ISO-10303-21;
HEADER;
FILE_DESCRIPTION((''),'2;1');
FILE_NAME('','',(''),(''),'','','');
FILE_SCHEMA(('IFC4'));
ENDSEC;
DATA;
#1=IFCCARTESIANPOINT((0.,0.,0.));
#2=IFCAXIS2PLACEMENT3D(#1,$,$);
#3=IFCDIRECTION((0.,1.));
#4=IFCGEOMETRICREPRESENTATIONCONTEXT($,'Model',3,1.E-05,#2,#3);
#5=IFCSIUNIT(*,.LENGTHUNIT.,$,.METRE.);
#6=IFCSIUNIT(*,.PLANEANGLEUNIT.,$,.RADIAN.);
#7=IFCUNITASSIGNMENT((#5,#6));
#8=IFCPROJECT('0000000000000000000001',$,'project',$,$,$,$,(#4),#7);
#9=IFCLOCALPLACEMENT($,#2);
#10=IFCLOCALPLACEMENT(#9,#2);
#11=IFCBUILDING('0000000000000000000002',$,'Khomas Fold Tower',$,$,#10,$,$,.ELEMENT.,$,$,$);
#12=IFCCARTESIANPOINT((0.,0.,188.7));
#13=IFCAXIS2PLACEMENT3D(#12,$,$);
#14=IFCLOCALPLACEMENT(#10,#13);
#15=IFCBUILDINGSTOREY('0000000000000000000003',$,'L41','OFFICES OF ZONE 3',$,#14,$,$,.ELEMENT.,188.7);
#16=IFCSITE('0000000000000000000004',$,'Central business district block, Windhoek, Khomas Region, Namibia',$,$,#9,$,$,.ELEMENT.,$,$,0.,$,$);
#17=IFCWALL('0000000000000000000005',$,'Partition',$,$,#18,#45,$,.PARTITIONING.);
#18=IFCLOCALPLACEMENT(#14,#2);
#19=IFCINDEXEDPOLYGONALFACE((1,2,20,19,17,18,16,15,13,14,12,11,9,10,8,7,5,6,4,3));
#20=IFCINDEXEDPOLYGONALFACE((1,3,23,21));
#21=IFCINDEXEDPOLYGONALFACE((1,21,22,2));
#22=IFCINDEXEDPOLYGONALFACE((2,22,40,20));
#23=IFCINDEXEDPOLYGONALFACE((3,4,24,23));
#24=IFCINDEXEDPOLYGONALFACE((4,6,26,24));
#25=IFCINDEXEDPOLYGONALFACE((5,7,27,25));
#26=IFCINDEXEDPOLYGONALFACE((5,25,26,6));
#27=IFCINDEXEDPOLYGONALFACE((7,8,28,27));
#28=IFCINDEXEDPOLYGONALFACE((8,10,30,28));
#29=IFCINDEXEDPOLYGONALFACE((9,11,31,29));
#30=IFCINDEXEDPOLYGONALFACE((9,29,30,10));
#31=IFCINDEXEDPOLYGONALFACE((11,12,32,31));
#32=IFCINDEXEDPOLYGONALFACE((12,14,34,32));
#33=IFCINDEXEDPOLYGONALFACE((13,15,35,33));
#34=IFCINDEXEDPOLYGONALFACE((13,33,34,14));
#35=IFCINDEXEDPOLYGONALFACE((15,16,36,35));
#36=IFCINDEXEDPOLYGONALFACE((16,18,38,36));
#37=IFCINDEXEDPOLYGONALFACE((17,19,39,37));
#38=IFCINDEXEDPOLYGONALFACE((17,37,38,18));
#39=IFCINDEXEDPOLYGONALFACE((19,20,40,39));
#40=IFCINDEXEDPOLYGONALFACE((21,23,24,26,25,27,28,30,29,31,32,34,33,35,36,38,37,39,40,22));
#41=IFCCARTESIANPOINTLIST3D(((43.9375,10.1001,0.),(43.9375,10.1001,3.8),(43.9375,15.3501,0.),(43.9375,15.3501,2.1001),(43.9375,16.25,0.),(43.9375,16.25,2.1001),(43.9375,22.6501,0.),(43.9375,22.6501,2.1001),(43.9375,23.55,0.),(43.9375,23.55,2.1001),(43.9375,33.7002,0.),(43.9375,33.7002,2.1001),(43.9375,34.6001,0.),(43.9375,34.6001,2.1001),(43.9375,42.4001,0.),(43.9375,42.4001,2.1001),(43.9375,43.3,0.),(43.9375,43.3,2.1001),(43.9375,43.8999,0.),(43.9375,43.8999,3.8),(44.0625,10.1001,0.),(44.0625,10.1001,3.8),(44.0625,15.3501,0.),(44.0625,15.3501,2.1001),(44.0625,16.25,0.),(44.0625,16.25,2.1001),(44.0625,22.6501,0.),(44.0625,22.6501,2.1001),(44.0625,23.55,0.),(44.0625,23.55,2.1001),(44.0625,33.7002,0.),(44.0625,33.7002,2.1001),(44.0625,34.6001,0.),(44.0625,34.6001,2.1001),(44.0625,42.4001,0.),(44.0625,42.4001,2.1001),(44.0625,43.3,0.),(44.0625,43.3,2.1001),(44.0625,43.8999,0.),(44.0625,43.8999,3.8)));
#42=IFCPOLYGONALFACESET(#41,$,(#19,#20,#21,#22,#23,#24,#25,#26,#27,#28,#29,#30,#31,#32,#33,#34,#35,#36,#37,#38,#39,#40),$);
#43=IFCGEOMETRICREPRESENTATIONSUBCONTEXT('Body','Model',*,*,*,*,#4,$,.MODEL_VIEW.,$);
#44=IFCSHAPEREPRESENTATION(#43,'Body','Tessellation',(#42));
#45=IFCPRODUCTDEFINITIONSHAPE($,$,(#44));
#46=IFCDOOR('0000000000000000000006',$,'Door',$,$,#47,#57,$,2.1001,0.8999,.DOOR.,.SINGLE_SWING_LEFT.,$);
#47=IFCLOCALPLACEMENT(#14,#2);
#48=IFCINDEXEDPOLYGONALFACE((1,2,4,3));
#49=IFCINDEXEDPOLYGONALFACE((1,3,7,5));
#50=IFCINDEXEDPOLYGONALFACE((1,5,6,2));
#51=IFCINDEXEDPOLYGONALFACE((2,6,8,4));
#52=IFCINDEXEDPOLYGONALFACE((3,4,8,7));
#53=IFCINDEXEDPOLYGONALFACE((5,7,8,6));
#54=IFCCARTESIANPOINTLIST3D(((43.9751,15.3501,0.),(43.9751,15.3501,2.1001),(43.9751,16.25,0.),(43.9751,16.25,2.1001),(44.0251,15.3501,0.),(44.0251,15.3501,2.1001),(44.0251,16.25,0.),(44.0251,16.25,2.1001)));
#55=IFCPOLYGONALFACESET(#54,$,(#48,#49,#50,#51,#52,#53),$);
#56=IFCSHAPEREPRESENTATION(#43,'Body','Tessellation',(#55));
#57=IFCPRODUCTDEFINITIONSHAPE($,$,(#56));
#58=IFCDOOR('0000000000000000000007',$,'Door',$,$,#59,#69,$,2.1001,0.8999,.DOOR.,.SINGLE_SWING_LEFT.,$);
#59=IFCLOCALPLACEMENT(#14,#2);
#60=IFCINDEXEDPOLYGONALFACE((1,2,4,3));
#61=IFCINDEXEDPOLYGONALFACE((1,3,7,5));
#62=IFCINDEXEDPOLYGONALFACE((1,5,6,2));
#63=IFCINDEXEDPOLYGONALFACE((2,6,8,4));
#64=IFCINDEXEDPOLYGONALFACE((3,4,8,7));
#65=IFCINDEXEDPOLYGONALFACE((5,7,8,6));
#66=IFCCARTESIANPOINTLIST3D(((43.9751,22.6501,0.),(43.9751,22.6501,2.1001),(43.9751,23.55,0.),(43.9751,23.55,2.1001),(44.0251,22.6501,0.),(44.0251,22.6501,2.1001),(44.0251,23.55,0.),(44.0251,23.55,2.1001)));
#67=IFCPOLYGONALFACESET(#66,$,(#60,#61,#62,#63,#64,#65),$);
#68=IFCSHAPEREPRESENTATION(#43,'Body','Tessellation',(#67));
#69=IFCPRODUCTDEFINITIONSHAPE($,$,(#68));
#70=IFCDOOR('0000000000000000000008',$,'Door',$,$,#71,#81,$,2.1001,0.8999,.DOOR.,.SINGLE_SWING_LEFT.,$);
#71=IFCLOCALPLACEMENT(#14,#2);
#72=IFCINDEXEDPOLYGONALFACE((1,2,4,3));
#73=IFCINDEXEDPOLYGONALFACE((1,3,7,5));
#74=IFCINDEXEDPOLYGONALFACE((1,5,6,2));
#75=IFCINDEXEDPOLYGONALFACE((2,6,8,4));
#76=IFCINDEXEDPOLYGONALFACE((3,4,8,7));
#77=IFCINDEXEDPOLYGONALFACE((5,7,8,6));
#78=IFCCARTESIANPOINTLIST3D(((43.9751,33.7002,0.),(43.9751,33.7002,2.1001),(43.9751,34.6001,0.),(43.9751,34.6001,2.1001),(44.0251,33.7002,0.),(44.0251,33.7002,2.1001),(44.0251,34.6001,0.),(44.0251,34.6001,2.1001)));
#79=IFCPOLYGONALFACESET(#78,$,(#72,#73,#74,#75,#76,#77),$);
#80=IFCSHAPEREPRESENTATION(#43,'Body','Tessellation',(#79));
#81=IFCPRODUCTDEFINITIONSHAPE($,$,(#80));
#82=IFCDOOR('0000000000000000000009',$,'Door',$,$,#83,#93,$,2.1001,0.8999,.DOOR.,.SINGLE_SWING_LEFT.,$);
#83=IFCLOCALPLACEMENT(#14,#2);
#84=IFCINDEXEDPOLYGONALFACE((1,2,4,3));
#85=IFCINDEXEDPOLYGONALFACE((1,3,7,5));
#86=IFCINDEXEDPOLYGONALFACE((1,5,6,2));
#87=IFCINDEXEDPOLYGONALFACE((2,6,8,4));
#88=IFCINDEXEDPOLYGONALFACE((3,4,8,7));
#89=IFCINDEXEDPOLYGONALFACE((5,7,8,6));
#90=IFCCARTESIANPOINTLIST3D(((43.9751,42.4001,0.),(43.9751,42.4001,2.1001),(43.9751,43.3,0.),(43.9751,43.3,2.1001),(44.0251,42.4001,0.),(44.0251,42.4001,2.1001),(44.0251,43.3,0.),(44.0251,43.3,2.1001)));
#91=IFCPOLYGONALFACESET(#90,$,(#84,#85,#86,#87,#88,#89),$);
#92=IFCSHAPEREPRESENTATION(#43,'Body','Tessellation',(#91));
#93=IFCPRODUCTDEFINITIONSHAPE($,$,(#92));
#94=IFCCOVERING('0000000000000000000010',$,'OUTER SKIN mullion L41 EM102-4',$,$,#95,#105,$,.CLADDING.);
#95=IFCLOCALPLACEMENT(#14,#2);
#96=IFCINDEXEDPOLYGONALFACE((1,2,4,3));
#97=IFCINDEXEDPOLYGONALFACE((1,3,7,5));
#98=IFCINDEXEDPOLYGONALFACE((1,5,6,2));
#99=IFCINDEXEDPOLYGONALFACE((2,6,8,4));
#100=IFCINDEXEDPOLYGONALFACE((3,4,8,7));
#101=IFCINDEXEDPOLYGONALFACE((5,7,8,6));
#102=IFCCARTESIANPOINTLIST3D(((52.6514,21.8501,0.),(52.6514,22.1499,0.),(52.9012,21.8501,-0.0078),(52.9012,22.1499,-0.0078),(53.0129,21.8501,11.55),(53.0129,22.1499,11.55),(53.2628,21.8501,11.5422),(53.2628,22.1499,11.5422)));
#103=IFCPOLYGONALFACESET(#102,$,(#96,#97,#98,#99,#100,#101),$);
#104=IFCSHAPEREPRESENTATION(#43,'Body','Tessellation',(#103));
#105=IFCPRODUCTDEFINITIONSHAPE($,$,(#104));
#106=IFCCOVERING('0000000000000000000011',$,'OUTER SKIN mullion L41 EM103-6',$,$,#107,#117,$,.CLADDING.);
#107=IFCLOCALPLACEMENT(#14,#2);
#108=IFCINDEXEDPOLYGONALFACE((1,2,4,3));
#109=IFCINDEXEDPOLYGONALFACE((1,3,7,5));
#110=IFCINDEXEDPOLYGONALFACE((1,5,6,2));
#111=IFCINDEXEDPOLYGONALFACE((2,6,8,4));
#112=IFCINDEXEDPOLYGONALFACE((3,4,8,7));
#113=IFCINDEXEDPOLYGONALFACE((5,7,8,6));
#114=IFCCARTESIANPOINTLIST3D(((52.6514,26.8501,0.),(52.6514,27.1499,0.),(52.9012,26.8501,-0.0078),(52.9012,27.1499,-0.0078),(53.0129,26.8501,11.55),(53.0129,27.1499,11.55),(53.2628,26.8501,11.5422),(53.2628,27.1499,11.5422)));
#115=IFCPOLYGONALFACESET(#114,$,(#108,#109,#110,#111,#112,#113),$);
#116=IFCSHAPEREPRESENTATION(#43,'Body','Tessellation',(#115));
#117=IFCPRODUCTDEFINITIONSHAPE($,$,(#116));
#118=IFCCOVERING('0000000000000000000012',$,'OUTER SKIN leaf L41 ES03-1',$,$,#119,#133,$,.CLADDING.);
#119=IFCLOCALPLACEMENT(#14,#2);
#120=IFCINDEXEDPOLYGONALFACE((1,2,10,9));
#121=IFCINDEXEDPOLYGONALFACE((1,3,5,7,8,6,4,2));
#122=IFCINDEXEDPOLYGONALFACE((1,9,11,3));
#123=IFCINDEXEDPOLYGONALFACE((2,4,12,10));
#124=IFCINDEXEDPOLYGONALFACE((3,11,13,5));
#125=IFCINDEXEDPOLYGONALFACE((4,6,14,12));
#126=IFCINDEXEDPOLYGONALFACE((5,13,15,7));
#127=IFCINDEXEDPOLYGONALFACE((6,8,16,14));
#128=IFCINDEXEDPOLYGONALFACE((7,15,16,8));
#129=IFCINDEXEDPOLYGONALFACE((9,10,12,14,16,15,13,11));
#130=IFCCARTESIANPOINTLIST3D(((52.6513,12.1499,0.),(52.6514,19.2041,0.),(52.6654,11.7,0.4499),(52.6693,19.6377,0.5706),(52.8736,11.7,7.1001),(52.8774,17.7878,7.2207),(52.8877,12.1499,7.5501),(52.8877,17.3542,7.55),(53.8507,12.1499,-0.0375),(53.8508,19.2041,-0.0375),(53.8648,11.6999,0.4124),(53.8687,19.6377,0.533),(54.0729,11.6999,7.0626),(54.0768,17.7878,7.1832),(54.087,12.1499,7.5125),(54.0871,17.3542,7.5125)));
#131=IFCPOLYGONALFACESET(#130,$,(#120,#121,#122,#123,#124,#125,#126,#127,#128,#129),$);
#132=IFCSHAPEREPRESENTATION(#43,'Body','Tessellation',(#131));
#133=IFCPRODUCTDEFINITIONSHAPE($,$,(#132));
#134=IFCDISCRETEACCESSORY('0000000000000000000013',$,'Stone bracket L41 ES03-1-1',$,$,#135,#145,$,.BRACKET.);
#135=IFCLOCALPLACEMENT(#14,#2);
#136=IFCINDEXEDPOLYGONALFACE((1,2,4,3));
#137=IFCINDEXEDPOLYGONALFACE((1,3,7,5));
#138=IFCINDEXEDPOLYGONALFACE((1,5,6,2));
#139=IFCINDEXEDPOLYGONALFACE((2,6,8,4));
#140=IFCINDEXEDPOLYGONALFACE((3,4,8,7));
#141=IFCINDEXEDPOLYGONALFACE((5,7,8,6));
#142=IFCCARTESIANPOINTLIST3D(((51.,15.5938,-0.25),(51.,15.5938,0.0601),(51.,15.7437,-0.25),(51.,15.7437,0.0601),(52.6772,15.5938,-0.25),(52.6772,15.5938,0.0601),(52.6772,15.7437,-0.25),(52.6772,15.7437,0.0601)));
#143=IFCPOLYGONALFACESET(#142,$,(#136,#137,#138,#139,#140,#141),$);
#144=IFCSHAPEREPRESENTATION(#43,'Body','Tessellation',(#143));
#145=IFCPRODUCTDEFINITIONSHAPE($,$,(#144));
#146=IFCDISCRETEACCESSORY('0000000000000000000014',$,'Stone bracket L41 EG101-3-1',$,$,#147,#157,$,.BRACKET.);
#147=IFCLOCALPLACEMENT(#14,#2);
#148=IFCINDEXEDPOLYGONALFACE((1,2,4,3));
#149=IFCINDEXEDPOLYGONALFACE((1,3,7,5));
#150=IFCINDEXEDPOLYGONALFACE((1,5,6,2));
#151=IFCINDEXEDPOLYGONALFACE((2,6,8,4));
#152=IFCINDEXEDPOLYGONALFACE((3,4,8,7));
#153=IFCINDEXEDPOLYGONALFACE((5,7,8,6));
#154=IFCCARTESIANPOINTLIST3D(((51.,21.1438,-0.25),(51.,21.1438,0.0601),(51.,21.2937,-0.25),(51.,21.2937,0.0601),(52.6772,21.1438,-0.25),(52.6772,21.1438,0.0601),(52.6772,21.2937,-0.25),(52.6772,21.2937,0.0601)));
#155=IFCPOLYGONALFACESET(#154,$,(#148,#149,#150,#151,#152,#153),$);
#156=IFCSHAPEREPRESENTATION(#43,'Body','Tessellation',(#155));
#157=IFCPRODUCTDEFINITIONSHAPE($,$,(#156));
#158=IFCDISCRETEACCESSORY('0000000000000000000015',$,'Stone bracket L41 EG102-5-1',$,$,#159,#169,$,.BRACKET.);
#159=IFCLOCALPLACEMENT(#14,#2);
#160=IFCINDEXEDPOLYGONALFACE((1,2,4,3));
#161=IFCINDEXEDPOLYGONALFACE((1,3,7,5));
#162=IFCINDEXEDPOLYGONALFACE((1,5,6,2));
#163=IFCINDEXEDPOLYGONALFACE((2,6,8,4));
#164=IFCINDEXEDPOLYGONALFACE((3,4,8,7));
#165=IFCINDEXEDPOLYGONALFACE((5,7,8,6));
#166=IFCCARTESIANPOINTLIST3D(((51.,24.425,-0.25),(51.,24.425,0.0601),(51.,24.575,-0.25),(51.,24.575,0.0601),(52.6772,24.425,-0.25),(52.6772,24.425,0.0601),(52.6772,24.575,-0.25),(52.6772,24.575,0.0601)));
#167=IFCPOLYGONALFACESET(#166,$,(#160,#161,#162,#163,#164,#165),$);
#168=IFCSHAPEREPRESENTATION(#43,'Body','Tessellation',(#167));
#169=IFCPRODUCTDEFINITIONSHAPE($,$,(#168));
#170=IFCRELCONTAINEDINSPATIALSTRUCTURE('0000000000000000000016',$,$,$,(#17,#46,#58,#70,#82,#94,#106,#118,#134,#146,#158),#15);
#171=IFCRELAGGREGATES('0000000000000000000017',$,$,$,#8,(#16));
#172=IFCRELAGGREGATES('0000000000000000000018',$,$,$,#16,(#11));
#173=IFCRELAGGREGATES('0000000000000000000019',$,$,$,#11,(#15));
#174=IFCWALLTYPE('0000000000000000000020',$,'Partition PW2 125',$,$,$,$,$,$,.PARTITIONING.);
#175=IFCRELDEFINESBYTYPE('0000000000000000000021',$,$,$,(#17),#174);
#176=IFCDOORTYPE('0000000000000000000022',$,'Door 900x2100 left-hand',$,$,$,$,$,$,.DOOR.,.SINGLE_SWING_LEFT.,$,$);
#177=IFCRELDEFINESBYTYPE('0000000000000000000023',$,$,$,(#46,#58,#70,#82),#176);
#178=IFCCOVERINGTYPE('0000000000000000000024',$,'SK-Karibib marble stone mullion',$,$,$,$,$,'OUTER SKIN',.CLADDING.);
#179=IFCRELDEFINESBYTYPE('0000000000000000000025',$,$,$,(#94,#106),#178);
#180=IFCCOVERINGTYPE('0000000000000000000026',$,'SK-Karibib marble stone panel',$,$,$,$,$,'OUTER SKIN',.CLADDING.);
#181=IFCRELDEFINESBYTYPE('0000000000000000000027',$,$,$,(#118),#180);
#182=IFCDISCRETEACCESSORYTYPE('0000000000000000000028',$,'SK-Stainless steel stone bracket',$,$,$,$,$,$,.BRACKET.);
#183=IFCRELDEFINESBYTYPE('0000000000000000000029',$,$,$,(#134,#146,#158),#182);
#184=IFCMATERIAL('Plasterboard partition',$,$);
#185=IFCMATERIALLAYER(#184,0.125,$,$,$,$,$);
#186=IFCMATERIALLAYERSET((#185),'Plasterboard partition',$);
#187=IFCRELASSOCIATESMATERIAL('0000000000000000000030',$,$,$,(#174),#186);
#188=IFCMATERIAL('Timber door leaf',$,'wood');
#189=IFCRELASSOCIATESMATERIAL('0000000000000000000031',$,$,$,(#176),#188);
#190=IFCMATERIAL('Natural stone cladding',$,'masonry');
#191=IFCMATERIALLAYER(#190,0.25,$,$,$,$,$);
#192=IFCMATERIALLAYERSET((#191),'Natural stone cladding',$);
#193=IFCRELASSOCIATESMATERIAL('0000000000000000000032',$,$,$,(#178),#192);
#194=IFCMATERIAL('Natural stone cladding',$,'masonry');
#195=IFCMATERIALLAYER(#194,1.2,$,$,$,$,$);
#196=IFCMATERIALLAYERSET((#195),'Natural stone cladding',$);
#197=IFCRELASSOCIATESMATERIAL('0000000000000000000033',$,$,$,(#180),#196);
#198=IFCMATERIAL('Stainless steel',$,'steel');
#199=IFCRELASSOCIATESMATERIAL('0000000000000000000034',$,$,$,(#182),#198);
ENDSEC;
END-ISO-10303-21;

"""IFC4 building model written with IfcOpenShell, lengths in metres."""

from ifc_helpers import new_model, si_unit, direction, frame, frame_2d, origin, origin_2d, place, context, subcontext, project, spatial, polyline, rectangle, outline, extrude, source, transform, mapped, material, layer, layer_set, type_object, element, fill, save


model = new_model("IFC4")

# Units and contexts
model_context = context("Model", 3, precision=1e-05, world=origin(), true_north=direction((0.0, 1.0)))
body_context = subcontext(model_context, "Body", "Model", "MODEL_VIEW")
ifc_project = project(units=[si_unit("LENGTHUNIT", "METRE"), si_unit("PLANEANGLEUNIT", "RADIAN")], contexts=[model_context])

# Site, building, storey
site_placement = place(None, origin())
site = spatial("IfcSite", under=ifc_project, at=site_placement, Name="Central business district block, Windhoek, Khomas Region, Namibia", CompositionType="ELEMENT", RefElevation=0.0)
building_placement = place(site_placement, origin())
building = spatial("IfcBuilding", under=site, at=building_placement, Name="Khomas Fold Tower", CompositionType="ELEMENT")
storey_placement = place(building_placement, frame((0.0, 0.0, 188.7)))
storey = spatial("IfcBuildingStorey", under=building, at=storey_placement, Name="L41", Description="OFFICES OF ZONE 3", CompositionType="ELEMENT", Elevation=188.7)

# Wall, openings, doors
ifc_material_1 = material(Name="Plasterboard partition")
ifc_layer_1 = layer(ifc_material_1, 0.125)
ifc_layer_set_1 = layer_set([ifc_layer_1], Name="Plasterboard partition")
wall_type_1 = type_object("IfcWallType", Name="Partition PW2 125", PredefinedType="PARTITIONING", material=ifc_layer_set_1)
shared_shape_1 = source(origin(), body_context, "Body", "SweptSolid", [
    extrude(rectangle(XDim=33.7998, YDim=0.125, at=frame_2d((16.8999, 0.0))), origin(), (0.0, 0.0, 1.0), 3.8),
])
wall_placement = place(storey_placement, frame((44.0, 10.1001, 0.0), z_axis=(0.0, 0.0, 1.0), x_axis=(0.0, 1.0, 0.0)))
wall = element("IfcWall", 1, at=wall_placement, inside=storey, type_object=wall_type_1, Name="Partition", PredefinedType="PARTITIONING", context=body_context, shape_type="MappedRepresentation", body=[
    mapped(shared_shape_1, transform((0.0, 0.0, 0.0))),
])
shared_shape_2 = source(origin(), body_context, "Body", "SweptSolid", [
    extrude(rectangle(XDim=0.8999, YDim=2.1001, at=frame_2d((0.45, 1.05))), frame((0.0, 0.0725, 0.0), z_axis=(0.0, -1.0, 0.0), x_axis=(1.0, 0.0, 0.0)), (0.0, 0.0, 1.0), 0.145),
])
opening_1_placement = place(wall_placement, frame((5.25, 0.0, 0.0)))
opening_1 = element("IfcOpeningElement", 2, at=opening_1_placement, cuts=wall, PredefinedType="OPENING", context=body_context, shape_type="MappedRepresentation", body=[
    mapped(shared_shape_2, transform((0.0, 0.0, 0.0))),
])
opening_2_placement = place(wall_placement, frame((12.55, 0.0, 0.0)))
opening_2 = element("IfcOpeningElement", 3, at=opening_2_placement, cuts=wall, PredefinedType="OPENING", context=body_context, shape_type="MappedRepresentation", body=[
    mapped(shared_shape_2, transform((0.0, 0.0, 0.0))),
])
opening_3_placement = place(wall_placement, frame((23.6001, 0.0, 0.0)))
opening_3 = element("IfcOpeningElement", 4, at=opening_3_placement, cuts=wall, PredefinedType="OPENING", context=body_context, shape_type="MappedRepresentation", body=[
    mapped(shared_shape_2, transform((0.0, 0.0, 0.0))),
])
opening_4_placement = place(wall_placement, frame((32.3, 0.0, 0.0)))
opening_4 = element("IfcOpeningElement", 5, at=opening_4_placement, cuts=wall, PredefinedType="OPENING", context=body_context, shape_type="MappedRepresentation", body=[
    mapped(shared_shape_2, transform((0.0, 0.0, 0.0))),
])
ifc_material_2 = material(Name="Timber door leaf", Category="wood")
door_type = type_object("IfcDoorType", Name="Door 900x2100 left-hand", OperationType="SINGLE_SWING_LEFT", PredefinedType="DOOR", material=ifc_material_2)
shared_shape_3 = source(origin(), body_context, "Body", "SweptSolid", [
    extrude(rectangle(XDim=0.8999, YDim=2.1001, at=frame_2d((0.45, 1.05))), frame((0.0, 0.0249, 0.0), z_axis=(0.0, -1.0, 0.0), x_axis=(1.0, 0.0, 0.0)), (0.0, 0.0, 1.0), 0.05),
])
door_1_placement = place(opening_1_placement, origin())
door_1 = element("IfcDoor", 6, at=door_1_placement, inside=storey, type_object=door_type, Name="Door", OperationType="SINGLE_SWING_LEFT", OverallHeight=2.1001, OverallWidth=0.8999, PredefinedType="DOOR", context=body_context, shape_type="MappedRepresentation", body=[
    mapped(shared_shape_3, transform((0.0, 0.0, 0.0))),
])
fill(opening_1, door_1)
door_2_placement = place(opening_2_placement, origin())
door_2 = element("IfcDoor", 7, at=door_2_placement, inside=storey, type_object=door_type, Name="Door", OperationType="SINGLE_SWING_LEFT", OverallHeight=2.1001, OverallWidth=0.8999, PredefinedType="DOOR", context=body_context, shape_type="MappedRepresentation", body=[
    mapped(shared_shape_3, transform((0.0, 0.0, 0.0))),
])
fill(opening_2, door_2)
door_3_placement = place(opening_3_placement, origin())
door_3 = element("IfcDoor", 8, at=door_3_placement, inside=storey, type_object=door_type, Name="Door", OperationType="SINGLE_SWING_LEFT", OverallHeight=2.1001, OverallWidth=0.8999, PredefinedType="DOOR", context=body_context, shape_type="MappedRepresentation", body=[
    mapped(shared_shape_3, transform((0.0, 0.0, 0.0))),
])
fill(opening_3, door_3)
door_4_placement = place(opening_4_placement, origin())
door_4 = element("IfcDoor", 9, at=door_4_placement, inside=storey, type_object=door_type, Name="Door", OperationType="SINGLE_SWING_LEFT", OverallHeight=2.1001, OverallWidth=0.8999, PredefinedType="DOOR", context=body_context, shape_type="MappedRepresentation", body=[
    mapped(shared_shape_3, transform((0.0, 0.0, 0.0))),
])
fill(opening_4, door_4)

# Coverings
ifc_material_3 = material(Name="Natural stone cladding", Category="masonry")
ifc_layer_2 = layer(ifc_material_3, 0.25)
ifc_layer_set_2 = layer_set([ifc_layer_2], Name="Natural stone cladding")
covering_type_1 = type_object("IfcCoveringType", Name="SK-Karibib marble stone mullion", ElementType="OUTER SKIN", PredefinedType="CLADDING", material=ifc_layer_set_2)
for number, where, z_axis, x_axis, name in (
    (10, (52.6514, 21.8501, 0.0), (-0.99951, 0.0, 0.031289), (0.031289, 0.0, 0.99951), "OUTER SKIN mullion L41 EM102-4"),
    (11, (52.6514, 26.8501, 0.0), (-0.99951, 0.0, 0.031289), (0.031289, 0.0, 0.99951), "OUTER SKIN mullion L41 EM103-6"),
):
    element("IfcCovering", number, at=place(storey_placement, frame(where, z_axis=z_axis, x_axis=x_axis)), inside=storey, type_object=covering_type_1, Name=name, PredefinedType="CLADDING", context=body_context, shape_type="SweptSolid", body=[
        extrude(outline(polyline([(0.0, 0.0), (11.5557, 0.0), (11.5557, 0.2998), (0.0, 0.2998), (0.0, 0.0)])), origin(), (0.0, 0.0, -1.0), 0.25),
    ])
ifc_material_4 = material(Name="Natural stone cladding", Category="masonry")
ifc_layer_3 = layer(ifc_material_4, 1.2)
ifc_layer_set_3 = layer_set([ifc_layer_3], Name="Natural stone cladding")
covering_type_2 = type_object("IfcCoveringType", Name="SK-Karibib marble stone panel", ElementType="OUTER SKIN", PredefinedType="CLADDING", material=ifc_layer_set_3)
covering_placement = place(storey_placement, frame((52.8774, 17.7878, 7.2207), z_axis=(-0.99951, 0.000018, 0.031287), x_axis=(-0.030139, 0.26787, -0.962983)))
element("IfcCovering", 12, at=covering_placement, inside=storey, type_object=covering_type_2, Name="OUTER SKIN leaf L41 ES03-1", PredefinedType="CLADDING", context=body_context, shape_type="SweptSolid", body=[
    extrude(outline(polyline([(0.0, 0.0), (6.9058, 0.0), (7.3396, 0.5707), (5.45, 7.3671), (4.8958, 7.68), (-1.5145, 5.8977), (-1.8277, 5.3436), (-0.4336, 0.3295), (0.0, 0.0)])), origin(), (0.0, 0.0, -1.0), 1.2),
])

# Discrete accessories
ifc_material_5 = material(Name="Stainless steel", Category="steel")
discrete_accessory_type = type_object("IfcDiscreteAccessoryType", Name="SK-Stainless steel stone bracket", PredefinedType="BRACKET", material=ifc_material_5)
shared_shape_4 = source(origin(), body_context, "Body", "SweptSolid", [
    extrude(rectangle(XDim=1.6772, YDim=0.1499, at=origin_2d()), origin(), (0.0, 0.0, 1.0), 0.3101),
])
for number, where, z_axis, x_axis, name in (
    (13, (51.8386, 15.6687, -0.25), (0.0, 0.0, 1.0), (1.0, 0.0, 0.0), "Stone bracket L41 ES03-1-1"),
    (14, (51.8386, 21.2188, -0.25), (0.0, 0.0, 1.0), (1.0, 0.0, 0.0), "Stone bracket L41 EG101-3-1"),
    (15, (51.8386, 24.5, -0.25), (0.0, 0.0, 1.0), (1.0, 0.0, 0.0), "Stone bracket L41 EG102-5-1"),
):
    element("IfcDiscreteAccessory", number, at=place(storey_placement, frame(where, z_axis=z_axis, x_axis=x_axis)), inside=storey, type_object=discrete_accessory_type, Name=name, PredefinedType="BRACKET", context=body_context, shape_type="MappedRepresentation", body=[
        mapped(shared_shape_4, transform((0.0, 0.0, 0.0))),
    ])

save(model, "model.ifc")
